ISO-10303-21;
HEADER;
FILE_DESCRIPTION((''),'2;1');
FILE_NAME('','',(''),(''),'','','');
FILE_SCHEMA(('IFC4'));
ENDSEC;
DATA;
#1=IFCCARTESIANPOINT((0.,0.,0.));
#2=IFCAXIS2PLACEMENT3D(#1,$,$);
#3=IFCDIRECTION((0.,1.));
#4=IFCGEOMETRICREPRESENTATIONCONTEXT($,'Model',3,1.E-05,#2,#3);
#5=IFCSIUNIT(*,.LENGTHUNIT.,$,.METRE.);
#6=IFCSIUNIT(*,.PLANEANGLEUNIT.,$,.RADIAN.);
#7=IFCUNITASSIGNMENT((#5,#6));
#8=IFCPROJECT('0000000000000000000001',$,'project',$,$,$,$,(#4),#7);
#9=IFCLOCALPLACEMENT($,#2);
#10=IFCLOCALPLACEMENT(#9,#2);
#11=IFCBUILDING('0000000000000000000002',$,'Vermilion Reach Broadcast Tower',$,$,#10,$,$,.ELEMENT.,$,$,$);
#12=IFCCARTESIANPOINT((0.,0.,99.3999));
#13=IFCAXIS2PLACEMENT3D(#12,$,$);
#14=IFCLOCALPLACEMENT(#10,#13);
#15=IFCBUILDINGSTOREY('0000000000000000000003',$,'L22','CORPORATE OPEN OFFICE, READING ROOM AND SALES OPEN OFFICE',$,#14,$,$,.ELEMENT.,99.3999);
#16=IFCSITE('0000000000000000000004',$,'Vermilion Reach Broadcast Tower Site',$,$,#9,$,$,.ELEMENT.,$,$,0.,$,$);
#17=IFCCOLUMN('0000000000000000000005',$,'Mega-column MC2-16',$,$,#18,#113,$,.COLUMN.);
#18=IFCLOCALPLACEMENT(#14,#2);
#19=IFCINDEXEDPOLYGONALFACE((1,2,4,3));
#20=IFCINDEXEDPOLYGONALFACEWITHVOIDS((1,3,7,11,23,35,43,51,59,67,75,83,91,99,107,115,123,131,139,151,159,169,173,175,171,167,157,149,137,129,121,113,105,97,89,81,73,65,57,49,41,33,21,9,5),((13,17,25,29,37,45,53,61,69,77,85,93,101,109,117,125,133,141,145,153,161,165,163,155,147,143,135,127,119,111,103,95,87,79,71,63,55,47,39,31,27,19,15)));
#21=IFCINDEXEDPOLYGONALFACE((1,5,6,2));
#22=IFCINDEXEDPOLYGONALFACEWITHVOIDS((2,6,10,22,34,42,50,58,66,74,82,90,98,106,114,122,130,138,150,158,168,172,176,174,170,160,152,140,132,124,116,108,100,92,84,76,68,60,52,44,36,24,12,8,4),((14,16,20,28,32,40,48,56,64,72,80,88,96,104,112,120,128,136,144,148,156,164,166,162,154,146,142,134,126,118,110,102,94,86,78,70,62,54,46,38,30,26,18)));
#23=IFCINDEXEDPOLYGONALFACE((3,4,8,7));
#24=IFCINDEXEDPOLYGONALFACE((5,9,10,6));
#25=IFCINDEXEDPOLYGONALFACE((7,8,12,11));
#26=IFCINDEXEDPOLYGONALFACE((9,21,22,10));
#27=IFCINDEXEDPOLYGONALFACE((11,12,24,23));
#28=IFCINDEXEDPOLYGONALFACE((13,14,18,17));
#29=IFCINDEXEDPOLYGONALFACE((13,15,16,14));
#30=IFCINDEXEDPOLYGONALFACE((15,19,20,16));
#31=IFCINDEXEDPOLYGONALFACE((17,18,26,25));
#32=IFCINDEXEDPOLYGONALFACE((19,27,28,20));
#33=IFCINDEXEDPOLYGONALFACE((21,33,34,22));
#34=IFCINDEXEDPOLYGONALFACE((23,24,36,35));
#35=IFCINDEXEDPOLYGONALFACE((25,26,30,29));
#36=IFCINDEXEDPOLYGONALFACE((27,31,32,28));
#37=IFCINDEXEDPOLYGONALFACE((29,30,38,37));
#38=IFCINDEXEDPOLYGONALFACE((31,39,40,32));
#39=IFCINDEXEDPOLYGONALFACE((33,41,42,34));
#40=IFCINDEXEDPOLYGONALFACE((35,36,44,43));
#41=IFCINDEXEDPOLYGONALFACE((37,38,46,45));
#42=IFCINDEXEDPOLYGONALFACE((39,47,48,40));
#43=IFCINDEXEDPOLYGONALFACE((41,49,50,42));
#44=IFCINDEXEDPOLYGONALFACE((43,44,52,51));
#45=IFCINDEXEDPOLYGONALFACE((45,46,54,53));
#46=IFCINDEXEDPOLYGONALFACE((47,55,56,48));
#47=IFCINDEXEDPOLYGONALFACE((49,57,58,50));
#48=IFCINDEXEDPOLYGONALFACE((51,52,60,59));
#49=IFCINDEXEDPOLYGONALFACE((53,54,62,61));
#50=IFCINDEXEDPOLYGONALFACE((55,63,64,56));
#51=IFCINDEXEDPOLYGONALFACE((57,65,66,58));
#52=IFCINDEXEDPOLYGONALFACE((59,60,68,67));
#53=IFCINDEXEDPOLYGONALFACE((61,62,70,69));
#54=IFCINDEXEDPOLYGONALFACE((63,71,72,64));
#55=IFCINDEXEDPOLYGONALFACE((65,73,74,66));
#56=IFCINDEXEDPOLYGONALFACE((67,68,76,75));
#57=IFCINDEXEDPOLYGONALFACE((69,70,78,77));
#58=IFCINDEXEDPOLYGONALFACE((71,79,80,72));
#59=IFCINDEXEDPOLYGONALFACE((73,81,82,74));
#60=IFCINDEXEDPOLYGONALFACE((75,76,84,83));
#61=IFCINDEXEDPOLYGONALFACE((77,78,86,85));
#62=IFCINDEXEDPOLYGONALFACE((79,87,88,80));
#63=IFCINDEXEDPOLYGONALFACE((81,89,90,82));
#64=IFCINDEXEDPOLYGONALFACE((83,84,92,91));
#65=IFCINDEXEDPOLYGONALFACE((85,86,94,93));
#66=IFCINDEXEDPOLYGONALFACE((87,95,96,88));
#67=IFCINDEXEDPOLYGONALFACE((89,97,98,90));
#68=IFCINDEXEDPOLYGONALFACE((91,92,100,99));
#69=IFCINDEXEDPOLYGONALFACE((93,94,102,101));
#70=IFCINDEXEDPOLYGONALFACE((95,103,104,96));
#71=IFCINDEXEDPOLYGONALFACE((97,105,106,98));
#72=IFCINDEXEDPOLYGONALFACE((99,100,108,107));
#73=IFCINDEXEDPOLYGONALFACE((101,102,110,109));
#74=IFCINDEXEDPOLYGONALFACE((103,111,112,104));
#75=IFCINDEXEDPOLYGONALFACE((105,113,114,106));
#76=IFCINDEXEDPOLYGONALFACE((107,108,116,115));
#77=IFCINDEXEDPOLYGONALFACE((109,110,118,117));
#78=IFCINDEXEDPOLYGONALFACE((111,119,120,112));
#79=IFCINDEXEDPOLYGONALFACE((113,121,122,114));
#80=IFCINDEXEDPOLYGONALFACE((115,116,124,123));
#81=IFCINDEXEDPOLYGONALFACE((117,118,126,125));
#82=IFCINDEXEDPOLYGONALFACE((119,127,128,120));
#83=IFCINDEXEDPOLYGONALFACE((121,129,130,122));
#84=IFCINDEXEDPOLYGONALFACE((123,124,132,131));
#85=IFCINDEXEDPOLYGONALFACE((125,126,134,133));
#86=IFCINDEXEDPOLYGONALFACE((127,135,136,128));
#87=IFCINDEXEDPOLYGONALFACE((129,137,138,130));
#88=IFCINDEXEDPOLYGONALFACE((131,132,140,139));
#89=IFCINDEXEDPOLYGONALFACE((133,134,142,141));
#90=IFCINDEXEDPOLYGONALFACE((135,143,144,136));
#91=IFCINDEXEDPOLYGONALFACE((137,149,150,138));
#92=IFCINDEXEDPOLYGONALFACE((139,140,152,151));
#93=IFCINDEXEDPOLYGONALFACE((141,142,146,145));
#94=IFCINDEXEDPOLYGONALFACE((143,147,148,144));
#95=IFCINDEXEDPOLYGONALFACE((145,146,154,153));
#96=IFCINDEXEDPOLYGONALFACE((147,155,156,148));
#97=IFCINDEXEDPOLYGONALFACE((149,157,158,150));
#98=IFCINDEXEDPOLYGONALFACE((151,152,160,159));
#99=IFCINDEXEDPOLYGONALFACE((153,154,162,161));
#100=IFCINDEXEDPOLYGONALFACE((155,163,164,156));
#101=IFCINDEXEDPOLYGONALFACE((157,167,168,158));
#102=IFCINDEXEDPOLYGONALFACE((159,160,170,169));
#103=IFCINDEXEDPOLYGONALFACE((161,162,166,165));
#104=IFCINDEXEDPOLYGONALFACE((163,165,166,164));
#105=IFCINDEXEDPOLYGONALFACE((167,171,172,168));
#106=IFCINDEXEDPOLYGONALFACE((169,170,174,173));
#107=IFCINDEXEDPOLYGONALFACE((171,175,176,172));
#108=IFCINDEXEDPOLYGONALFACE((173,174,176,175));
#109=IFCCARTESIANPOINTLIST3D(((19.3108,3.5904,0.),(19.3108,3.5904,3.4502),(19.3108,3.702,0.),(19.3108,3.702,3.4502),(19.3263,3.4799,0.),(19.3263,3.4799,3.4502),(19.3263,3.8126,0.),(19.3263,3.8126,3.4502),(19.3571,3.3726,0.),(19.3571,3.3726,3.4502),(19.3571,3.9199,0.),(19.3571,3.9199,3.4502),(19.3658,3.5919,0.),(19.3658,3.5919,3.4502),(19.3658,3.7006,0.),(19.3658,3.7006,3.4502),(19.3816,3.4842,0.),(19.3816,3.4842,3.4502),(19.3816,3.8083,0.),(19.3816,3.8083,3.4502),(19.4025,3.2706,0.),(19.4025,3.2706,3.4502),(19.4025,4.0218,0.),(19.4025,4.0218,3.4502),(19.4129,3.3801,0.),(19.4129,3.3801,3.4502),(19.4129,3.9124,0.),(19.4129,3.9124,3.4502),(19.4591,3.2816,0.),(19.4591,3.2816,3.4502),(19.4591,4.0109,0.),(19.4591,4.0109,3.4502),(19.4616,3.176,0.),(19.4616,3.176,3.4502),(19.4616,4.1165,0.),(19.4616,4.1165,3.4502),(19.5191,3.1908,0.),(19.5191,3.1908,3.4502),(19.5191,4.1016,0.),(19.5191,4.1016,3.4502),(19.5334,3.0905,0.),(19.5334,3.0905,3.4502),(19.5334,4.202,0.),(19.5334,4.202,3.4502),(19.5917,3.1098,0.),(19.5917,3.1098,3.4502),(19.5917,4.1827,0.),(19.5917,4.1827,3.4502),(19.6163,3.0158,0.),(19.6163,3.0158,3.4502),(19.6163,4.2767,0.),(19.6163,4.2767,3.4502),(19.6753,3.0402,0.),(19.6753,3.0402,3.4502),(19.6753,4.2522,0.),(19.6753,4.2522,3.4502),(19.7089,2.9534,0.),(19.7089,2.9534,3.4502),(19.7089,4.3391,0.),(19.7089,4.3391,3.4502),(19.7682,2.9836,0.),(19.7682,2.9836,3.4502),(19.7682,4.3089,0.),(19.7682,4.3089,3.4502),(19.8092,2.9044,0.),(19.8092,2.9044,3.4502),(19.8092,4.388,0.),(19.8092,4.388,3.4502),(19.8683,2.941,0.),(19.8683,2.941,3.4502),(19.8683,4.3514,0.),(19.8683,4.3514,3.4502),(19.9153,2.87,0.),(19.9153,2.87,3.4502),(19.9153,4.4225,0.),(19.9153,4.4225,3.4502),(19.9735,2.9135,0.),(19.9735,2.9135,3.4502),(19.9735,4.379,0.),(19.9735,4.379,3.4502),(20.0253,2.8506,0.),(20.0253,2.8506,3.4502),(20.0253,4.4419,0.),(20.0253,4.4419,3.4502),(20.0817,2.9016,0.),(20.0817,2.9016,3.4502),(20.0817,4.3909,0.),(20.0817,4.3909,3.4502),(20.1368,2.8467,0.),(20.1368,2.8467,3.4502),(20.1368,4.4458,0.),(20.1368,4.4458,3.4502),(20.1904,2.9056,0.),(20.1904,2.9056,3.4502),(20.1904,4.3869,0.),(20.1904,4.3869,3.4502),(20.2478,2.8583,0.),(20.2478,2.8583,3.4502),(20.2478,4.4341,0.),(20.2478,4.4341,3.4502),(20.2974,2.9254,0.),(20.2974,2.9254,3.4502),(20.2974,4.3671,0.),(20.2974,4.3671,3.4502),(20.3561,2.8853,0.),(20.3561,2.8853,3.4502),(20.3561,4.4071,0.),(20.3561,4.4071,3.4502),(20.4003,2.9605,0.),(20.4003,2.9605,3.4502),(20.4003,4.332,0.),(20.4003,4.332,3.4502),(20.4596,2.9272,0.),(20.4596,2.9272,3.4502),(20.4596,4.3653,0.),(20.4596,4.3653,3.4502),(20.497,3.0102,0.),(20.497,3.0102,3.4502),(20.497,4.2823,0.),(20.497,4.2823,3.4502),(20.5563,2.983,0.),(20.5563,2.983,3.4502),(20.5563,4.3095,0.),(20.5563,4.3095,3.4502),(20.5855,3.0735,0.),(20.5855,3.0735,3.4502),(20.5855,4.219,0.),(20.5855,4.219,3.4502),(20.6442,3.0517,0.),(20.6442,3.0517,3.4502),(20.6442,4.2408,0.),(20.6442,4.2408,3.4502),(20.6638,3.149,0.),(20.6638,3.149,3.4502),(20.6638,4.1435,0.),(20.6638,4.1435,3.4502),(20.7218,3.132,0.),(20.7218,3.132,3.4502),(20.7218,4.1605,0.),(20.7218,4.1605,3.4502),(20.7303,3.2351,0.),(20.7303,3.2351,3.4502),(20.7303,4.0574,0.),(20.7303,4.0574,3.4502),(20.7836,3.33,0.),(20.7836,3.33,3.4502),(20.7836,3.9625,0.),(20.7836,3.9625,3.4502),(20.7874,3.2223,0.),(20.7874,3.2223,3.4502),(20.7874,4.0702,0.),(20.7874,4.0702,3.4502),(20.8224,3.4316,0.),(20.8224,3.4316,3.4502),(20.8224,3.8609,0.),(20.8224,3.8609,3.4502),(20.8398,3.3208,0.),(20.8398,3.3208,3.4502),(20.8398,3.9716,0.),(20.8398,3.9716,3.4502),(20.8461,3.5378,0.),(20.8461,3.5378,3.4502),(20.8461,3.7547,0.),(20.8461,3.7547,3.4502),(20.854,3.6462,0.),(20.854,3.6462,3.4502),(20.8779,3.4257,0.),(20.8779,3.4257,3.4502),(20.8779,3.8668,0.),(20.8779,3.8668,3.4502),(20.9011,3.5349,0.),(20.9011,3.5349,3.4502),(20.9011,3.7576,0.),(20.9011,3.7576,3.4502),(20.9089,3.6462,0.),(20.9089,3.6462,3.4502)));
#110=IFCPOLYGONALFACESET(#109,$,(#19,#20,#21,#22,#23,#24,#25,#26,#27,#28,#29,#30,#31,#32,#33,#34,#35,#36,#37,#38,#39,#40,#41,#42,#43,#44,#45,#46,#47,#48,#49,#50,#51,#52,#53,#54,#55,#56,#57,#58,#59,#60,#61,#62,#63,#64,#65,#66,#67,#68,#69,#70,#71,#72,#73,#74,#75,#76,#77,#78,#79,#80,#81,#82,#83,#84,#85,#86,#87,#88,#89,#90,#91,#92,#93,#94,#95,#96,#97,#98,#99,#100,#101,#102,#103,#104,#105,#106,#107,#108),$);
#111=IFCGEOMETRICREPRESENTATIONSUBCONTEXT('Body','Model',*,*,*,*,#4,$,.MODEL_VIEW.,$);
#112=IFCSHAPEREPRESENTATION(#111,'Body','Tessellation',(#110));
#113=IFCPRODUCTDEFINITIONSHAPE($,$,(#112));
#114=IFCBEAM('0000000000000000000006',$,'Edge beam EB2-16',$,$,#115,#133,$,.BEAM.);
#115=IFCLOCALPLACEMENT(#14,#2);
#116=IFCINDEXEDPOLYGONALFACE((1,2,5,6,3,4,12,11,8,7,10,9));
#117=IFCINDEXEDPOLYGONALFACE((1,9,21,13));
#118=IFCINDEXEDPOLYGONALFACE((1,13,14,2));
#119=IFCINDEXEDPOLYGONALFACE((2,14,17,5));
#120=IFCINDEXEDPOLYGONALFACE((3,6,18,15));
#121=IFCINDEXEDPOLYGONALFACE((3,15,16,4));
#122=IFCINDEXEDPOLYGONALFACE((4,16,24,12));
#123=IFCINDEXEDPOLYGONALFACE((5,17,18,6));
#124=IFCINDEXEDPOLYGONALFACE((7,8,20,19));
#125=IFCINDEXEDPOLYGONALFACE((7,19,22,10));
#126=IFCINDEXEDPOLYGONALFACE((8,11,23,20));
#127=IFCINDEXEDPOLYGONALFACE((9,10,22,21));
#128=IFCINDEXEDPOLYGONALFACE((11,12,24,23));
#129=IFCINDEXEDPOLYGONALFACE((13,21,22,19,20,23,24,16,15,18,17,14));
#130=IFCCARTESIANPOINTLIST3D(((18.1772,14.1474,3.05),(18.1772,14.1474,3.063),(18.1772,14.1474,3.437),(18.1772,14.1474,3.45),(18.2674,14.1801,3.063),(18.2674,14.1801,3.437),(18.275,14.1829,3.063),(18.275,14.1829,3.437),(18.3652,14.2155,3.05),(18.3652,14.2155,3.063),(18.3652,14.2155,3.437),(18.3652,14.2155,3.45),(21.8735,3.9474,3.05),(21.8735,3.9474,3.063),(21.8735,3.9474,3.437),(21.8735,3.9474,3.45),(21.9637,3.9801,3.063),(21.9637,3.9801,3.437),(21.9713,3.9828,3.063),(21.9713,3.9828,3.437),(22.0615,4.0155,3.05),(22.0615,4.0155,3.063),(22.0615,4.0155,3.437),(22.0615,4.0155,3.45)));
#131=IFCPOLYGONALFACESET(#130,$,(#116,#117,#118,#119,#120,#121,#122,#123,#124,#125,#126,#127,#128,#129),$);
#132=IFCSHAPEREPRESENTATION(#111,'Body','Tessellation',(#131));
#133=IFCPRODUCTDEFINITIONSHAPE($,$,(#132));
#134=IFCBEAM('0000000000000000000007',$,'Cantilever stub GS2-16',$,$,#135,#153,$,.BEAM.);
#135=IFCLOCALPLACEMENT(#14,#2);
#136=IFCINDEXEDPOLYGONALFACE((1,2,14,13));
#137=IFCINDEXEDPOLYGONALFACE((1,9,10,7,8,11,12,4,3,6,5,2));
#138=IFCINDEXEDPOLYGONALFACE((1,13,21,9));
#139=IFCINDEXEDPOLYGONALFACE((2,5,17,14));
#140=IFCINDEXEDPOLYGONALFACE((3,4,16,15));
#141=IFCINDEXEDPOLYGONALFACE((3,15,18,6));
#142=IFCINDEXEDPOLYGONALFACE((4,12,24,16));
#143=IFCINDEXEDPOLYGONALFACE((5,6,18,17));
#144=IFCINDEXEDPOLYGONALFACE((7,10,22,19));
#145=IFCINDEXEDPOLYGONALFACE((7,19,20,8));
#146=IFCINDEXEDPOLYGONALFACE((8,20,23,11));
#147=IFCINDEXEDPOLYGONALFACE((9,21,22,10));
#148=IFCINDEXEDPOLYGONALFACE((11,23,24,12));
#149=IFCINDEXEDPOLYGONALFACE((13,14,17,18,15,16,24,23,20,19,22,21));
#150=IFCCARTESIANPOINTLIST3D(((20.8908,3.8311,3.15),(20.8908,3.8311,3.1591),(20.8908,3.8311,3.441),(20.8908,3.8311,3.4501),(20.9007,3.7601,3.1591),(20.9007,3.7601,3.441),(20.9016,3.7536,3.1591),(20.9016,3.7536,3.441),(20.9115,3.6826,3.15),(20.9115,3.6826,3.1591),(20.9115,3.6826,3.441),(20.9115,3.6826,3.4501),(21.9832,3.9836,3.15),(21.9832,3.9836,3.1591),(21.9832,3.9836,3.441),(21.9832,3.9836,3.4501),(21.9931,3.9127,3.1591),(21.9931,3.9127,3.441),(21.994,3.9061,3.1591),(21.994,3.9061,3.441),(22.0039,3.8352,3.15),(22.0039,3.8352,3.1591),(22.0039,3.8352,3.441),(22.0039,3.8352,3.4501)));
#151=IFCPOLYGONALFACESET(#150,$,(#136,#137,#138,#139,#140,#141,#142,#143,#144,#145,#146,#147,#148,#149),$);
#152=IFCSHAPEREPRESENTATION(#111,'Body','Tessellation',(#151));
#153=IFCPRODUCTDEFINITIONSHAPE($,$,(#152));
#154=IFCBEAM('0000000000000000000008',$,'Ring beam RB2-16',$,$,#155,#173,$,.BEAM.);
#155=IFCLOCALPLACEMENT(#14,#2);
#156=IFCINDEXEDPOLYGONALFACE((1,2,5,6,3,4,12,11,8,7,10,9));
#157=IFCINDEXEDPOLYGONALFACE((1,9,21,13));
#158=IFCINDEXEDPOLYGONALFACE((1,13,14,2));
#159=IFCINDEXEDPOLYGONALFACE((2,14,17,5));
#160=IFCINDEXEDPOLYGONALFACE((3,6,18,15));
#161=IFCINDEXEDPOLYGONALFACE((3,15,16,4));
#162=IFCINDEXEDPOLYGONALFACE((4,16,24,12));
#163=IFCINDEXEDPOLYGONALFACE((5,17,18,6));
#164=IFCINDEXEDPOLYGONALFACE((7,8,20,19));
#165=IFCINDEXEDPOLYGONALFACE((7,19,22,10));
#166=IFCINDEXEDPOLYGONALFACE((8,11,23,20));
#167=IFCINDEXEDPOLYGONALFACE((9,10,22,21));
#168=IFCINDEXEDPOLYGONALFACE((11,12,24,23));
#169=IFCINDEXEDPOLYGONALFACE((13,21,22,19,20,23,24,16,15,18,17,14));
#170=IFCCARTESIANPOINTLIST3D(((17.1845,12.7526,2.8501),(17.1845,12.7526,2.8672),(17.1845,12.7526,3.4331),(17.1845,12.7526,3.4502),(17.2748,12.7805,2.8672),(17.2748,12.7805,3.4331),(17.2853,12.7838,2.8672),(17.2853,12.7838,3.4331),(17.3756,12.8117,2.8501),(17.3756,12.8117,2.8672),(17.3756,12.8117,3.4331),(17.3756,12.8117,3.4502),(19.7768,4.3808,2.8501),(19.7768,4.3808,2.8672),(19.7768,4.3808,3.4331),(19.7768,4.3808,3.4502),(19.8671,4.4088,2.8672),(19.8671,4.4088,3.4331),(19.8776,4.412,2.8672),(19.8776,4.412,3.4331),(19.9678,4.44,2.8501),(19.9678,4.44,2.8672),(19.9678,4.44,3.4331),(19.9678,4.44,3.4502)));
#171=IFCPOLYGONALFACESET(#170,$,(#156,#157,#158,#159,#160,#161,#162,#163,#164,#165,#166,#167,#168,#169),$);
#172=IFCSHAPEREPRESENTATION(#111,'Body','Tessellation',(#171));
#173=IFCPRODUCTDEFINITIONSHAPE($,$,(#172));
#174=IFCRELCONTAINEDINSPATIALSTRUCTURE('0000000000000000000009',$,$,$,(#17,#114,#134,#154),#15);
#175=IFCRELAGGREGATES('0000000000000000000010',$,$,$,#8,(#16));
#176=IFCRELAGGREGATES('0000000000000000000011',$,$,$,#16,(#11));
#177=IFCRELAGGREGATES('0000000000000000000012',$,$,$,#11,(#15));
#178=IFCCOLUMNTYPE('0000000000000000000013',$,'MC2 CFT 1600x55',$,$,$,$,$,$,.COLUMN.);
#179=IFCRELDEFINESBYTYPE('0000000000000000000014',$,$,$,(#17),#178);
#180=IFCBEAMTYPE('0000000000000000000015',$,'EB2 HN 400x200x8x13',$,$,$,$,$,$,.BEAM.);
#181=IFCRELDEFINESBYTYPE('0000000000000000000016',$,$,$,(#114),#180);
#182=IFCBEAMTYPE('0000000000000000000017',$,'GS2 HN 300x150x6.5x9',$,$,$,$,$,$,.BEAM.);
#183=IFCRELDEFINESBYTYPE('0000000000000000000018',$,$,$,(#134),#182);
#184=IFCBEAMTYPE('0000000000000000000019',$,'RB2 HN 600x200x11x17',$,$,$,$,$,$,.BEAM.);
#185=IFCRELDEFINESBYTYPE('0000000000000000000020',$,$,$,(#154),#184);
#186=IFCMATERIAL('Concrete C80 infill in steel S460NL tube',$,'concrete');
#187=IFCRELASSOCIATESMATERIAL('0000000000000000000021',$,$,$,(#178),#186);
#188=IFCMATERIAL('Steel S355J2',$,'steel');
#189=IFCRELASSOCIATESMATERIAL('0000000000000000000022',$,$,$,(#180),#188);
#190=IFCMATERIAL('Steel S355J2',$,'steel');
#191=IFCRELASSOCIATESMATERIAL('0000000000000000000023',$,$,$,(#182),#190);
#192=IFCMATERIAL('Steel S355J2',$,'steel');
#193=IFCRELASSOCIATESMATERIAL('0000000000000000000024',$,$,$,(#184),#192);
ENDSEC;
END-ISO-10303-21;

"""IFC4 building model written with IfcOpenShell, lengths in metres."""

from ifc_helpers import new_model, si_unit, direction, frame, origin, origin_2d, place, context, subcontext, project, spatial, hollow_circle, i_section, extrude, material, material_profile, profile_set, type_object, element, save


model = new_model("IFC4")

# Units and contexts
model_context = context("Model", 3, precision=1e-05, world=origin(), true_north=direction((0.0, 1.0)))
body_context = subcontext(model_context, "Body", "Model", "MODEL_VIEW")
ifc_project = project(units=[si_unit("LENGTHUNIT", "METRE"), si_unit("PLANEANGLEUNIT", "RADIAN")], contexts=[model_context])

# Site, building, storey
site_placement = place(None, origin())
site = spatial("IfcSite", under=ifc_project, at=site_placement, Name="Vermilion Reach Broadcast Tower Site", CompositionType="ELEMENT", RefElevation=0.0)
building_placement = place(site_placement, origin())
building = spatial("IfcBuilding", under=site, at=building_placement, Name="Vermilion Reach Broadcast Tower", CompositionType="ELEMENT")
storey_placement = place(building_placement, frame((0.0, 0.0, 99.3999)))
storey = spatial("IfcBuildingStorey", under=building, at=storey_placement, Name="L22", Description="CORPORATE OPEN OFFICE, READING ROOM AND SALES OPEN OFFICE", CompositionType="ELEMENT", Elevation=99.3999)

# Column
ifc_material_1 = material(Name="Concrete C80 infill in steel S460NL tube", Category="concrete")
ifc_material_profile_1 = material_profile(ifc_material_1, hollow_circle(Radius=0.8, WallThickness=0.0549, at=origin_2d()), Name="Concrete C80 infill in steel S460NL tube CFT 1600x55")
ifc_profile_set_1 = profile_set([ifc_material_profile_1], Name="Concrete C80 infill in steel S460NL tube")
column_type = type_object("IfcColumnType", Name="MC2 CFT 1600x55", PredefinedType="COLUMN", material=ifc_profile_set_1)
column_placement = place(storey_placement, frame((20.1089, 3.6462, 0.0), z_axis=(0.0, 0.0, 1.0), x_axis=(1.0, 0.0, 0.0)))
element("IfcColumn", 1, at=column_placement, inside=storey, type_object=column_type, Name="Mega-column MC2-16", PredefinedType="COLUMN", context=body_context, shape_type="SweptSolid", body=[
    extrude(hollow_circle(Radius=0.8, WallThickness=0.0549, at=origin_2d()), origin(), (0.0, 0.0, 1.0), 3.4502),
])

# Beams
ifc_material_2 = material(Name="Steel S355J2", Category="steel")
ifc_material_profile_2 = material_profile(ifc_material_2, i_section(OverallWidth=0.2, OverallDepth=0.3999, WebThickness=0.0081, FlangeThickness=0.0129, at=origin_2d()), Name="S355J2 HN 400x200x8x13")
ifc_profile_set_2 = profile_set([ifc_material_profile_2], Name="Steel S355J2")
beam_type_1 = type_object("IfcBeamType", Name="EB2 HN 400x200x8x13", PredefinedType="BEAM", material=ifc_profile_set_2)
beam_1_placement = place(storey_placement, frame((21.9675, 3.9814, 3.25), z_axis=(-0.340702, 0.940171, 0.0), x_axis=(-0.940171, -0.340702, 0.0)))
element("IfcBeam", 2, at=beam_1_placement, inside=storey, type_object=beam_type_1, Name="Edge beam EB2-16", PredefinedType="BEAM", context=body_context, shape_type="SweptSolid", body=[
    extrude(i_section(OverallWidth=0.2, OverallDepth=0.3999, WebThickness=0.0081, FlangeThickness=0.0129, at=origin_2d()), origin(), (0.0, 0.0, 1.0), 10.8491),
])
ifc_material_3 = material(Name="Steel S355J2", Category="steel")
ifc_material_profile_3 = material_profile(ifc_material_3, i_section(OverallWidth=0.1499, OverallDepth=0.3, WebThickness=0.0066, FlangeThickness=0.009, at=origin_2d()), Name="S355J2 HN 300x150x6.5x9")
ifc_profile_set_3 = profile_set([ifc_material_profile_3], Name="Steel S355J2")
beam_type_2 = type_object("IfcBeamType", Name="GS2 HN 300x150x6.5x9", PredefinedType="BEAM", material=ifc_profile_set_3)
beam_2_placement = place(storey_placement, frame((20.9011, 3.7568, 3.3), z_axis=(0.990387, 0.138322, 0.0), x_axis=(-0.138322, 0.990387, 0.0)))
element("IfcBeam", 3, at=beam_2_placement, inside=storey, type_object=beam_type_2, Name="Cantilever stub GS2-16", PredefinedType="BEAM", context=body_context, shape_type="SweptSolid", body=[
    extrude(i_section(OverallWidth=0.1499, OverallDepth=0.3, WebThickness=0.0066, FlangeThickness=0.009, at=origin_2d()), origin(), (0.0, 0.0, 1.0), 1.103),
])
ifc_material_4 = material(Name="Steel S355J2", Category="steel")
ifc_material_profile_4 = material_profile(ifc_material_4, i_section(OverallWidth=0.2, OverallDepth=0.6001, WebThickness=0.011, FlangeThickness=0.0171, at=origin_2d()), Name="S355J2 HN 600x200x11x17")
ifc_profile_set_4 = profile_set([ifc_material_profile_4], Name="Steel S355J2")
beam_type_3 = type_object("IfcBeamType", Name="RB2 HN 600x200x11x17", PredefinedType="BEAM", material=ifc_profile_set_4)
beam_3_placement = place(storey_placement, frame((19.8723, 4.4104, 3.1501), z_axis=(-0.295788, 0.955253, 0.0), x_axis=(-0.955253, -0.295788, 0.0)))
element("IfcBeam", 4, at=beam_3_placement, inside=storey, type_object=beam_type_3, Name="Ring beam RB2-16", PredefinedType="BEAM", context=body_context, shape_type="SweptSolid", body=[
    extrude(i_section(OverallWidth=0.2, OverallDepth=0.6001, WebThickness=0.011, FlangeThickness=0.0171, at=origin_2d()), origin(), (0.0, 0.0, 1.0), 8.7639),
])

save(model, "model.ifc")
